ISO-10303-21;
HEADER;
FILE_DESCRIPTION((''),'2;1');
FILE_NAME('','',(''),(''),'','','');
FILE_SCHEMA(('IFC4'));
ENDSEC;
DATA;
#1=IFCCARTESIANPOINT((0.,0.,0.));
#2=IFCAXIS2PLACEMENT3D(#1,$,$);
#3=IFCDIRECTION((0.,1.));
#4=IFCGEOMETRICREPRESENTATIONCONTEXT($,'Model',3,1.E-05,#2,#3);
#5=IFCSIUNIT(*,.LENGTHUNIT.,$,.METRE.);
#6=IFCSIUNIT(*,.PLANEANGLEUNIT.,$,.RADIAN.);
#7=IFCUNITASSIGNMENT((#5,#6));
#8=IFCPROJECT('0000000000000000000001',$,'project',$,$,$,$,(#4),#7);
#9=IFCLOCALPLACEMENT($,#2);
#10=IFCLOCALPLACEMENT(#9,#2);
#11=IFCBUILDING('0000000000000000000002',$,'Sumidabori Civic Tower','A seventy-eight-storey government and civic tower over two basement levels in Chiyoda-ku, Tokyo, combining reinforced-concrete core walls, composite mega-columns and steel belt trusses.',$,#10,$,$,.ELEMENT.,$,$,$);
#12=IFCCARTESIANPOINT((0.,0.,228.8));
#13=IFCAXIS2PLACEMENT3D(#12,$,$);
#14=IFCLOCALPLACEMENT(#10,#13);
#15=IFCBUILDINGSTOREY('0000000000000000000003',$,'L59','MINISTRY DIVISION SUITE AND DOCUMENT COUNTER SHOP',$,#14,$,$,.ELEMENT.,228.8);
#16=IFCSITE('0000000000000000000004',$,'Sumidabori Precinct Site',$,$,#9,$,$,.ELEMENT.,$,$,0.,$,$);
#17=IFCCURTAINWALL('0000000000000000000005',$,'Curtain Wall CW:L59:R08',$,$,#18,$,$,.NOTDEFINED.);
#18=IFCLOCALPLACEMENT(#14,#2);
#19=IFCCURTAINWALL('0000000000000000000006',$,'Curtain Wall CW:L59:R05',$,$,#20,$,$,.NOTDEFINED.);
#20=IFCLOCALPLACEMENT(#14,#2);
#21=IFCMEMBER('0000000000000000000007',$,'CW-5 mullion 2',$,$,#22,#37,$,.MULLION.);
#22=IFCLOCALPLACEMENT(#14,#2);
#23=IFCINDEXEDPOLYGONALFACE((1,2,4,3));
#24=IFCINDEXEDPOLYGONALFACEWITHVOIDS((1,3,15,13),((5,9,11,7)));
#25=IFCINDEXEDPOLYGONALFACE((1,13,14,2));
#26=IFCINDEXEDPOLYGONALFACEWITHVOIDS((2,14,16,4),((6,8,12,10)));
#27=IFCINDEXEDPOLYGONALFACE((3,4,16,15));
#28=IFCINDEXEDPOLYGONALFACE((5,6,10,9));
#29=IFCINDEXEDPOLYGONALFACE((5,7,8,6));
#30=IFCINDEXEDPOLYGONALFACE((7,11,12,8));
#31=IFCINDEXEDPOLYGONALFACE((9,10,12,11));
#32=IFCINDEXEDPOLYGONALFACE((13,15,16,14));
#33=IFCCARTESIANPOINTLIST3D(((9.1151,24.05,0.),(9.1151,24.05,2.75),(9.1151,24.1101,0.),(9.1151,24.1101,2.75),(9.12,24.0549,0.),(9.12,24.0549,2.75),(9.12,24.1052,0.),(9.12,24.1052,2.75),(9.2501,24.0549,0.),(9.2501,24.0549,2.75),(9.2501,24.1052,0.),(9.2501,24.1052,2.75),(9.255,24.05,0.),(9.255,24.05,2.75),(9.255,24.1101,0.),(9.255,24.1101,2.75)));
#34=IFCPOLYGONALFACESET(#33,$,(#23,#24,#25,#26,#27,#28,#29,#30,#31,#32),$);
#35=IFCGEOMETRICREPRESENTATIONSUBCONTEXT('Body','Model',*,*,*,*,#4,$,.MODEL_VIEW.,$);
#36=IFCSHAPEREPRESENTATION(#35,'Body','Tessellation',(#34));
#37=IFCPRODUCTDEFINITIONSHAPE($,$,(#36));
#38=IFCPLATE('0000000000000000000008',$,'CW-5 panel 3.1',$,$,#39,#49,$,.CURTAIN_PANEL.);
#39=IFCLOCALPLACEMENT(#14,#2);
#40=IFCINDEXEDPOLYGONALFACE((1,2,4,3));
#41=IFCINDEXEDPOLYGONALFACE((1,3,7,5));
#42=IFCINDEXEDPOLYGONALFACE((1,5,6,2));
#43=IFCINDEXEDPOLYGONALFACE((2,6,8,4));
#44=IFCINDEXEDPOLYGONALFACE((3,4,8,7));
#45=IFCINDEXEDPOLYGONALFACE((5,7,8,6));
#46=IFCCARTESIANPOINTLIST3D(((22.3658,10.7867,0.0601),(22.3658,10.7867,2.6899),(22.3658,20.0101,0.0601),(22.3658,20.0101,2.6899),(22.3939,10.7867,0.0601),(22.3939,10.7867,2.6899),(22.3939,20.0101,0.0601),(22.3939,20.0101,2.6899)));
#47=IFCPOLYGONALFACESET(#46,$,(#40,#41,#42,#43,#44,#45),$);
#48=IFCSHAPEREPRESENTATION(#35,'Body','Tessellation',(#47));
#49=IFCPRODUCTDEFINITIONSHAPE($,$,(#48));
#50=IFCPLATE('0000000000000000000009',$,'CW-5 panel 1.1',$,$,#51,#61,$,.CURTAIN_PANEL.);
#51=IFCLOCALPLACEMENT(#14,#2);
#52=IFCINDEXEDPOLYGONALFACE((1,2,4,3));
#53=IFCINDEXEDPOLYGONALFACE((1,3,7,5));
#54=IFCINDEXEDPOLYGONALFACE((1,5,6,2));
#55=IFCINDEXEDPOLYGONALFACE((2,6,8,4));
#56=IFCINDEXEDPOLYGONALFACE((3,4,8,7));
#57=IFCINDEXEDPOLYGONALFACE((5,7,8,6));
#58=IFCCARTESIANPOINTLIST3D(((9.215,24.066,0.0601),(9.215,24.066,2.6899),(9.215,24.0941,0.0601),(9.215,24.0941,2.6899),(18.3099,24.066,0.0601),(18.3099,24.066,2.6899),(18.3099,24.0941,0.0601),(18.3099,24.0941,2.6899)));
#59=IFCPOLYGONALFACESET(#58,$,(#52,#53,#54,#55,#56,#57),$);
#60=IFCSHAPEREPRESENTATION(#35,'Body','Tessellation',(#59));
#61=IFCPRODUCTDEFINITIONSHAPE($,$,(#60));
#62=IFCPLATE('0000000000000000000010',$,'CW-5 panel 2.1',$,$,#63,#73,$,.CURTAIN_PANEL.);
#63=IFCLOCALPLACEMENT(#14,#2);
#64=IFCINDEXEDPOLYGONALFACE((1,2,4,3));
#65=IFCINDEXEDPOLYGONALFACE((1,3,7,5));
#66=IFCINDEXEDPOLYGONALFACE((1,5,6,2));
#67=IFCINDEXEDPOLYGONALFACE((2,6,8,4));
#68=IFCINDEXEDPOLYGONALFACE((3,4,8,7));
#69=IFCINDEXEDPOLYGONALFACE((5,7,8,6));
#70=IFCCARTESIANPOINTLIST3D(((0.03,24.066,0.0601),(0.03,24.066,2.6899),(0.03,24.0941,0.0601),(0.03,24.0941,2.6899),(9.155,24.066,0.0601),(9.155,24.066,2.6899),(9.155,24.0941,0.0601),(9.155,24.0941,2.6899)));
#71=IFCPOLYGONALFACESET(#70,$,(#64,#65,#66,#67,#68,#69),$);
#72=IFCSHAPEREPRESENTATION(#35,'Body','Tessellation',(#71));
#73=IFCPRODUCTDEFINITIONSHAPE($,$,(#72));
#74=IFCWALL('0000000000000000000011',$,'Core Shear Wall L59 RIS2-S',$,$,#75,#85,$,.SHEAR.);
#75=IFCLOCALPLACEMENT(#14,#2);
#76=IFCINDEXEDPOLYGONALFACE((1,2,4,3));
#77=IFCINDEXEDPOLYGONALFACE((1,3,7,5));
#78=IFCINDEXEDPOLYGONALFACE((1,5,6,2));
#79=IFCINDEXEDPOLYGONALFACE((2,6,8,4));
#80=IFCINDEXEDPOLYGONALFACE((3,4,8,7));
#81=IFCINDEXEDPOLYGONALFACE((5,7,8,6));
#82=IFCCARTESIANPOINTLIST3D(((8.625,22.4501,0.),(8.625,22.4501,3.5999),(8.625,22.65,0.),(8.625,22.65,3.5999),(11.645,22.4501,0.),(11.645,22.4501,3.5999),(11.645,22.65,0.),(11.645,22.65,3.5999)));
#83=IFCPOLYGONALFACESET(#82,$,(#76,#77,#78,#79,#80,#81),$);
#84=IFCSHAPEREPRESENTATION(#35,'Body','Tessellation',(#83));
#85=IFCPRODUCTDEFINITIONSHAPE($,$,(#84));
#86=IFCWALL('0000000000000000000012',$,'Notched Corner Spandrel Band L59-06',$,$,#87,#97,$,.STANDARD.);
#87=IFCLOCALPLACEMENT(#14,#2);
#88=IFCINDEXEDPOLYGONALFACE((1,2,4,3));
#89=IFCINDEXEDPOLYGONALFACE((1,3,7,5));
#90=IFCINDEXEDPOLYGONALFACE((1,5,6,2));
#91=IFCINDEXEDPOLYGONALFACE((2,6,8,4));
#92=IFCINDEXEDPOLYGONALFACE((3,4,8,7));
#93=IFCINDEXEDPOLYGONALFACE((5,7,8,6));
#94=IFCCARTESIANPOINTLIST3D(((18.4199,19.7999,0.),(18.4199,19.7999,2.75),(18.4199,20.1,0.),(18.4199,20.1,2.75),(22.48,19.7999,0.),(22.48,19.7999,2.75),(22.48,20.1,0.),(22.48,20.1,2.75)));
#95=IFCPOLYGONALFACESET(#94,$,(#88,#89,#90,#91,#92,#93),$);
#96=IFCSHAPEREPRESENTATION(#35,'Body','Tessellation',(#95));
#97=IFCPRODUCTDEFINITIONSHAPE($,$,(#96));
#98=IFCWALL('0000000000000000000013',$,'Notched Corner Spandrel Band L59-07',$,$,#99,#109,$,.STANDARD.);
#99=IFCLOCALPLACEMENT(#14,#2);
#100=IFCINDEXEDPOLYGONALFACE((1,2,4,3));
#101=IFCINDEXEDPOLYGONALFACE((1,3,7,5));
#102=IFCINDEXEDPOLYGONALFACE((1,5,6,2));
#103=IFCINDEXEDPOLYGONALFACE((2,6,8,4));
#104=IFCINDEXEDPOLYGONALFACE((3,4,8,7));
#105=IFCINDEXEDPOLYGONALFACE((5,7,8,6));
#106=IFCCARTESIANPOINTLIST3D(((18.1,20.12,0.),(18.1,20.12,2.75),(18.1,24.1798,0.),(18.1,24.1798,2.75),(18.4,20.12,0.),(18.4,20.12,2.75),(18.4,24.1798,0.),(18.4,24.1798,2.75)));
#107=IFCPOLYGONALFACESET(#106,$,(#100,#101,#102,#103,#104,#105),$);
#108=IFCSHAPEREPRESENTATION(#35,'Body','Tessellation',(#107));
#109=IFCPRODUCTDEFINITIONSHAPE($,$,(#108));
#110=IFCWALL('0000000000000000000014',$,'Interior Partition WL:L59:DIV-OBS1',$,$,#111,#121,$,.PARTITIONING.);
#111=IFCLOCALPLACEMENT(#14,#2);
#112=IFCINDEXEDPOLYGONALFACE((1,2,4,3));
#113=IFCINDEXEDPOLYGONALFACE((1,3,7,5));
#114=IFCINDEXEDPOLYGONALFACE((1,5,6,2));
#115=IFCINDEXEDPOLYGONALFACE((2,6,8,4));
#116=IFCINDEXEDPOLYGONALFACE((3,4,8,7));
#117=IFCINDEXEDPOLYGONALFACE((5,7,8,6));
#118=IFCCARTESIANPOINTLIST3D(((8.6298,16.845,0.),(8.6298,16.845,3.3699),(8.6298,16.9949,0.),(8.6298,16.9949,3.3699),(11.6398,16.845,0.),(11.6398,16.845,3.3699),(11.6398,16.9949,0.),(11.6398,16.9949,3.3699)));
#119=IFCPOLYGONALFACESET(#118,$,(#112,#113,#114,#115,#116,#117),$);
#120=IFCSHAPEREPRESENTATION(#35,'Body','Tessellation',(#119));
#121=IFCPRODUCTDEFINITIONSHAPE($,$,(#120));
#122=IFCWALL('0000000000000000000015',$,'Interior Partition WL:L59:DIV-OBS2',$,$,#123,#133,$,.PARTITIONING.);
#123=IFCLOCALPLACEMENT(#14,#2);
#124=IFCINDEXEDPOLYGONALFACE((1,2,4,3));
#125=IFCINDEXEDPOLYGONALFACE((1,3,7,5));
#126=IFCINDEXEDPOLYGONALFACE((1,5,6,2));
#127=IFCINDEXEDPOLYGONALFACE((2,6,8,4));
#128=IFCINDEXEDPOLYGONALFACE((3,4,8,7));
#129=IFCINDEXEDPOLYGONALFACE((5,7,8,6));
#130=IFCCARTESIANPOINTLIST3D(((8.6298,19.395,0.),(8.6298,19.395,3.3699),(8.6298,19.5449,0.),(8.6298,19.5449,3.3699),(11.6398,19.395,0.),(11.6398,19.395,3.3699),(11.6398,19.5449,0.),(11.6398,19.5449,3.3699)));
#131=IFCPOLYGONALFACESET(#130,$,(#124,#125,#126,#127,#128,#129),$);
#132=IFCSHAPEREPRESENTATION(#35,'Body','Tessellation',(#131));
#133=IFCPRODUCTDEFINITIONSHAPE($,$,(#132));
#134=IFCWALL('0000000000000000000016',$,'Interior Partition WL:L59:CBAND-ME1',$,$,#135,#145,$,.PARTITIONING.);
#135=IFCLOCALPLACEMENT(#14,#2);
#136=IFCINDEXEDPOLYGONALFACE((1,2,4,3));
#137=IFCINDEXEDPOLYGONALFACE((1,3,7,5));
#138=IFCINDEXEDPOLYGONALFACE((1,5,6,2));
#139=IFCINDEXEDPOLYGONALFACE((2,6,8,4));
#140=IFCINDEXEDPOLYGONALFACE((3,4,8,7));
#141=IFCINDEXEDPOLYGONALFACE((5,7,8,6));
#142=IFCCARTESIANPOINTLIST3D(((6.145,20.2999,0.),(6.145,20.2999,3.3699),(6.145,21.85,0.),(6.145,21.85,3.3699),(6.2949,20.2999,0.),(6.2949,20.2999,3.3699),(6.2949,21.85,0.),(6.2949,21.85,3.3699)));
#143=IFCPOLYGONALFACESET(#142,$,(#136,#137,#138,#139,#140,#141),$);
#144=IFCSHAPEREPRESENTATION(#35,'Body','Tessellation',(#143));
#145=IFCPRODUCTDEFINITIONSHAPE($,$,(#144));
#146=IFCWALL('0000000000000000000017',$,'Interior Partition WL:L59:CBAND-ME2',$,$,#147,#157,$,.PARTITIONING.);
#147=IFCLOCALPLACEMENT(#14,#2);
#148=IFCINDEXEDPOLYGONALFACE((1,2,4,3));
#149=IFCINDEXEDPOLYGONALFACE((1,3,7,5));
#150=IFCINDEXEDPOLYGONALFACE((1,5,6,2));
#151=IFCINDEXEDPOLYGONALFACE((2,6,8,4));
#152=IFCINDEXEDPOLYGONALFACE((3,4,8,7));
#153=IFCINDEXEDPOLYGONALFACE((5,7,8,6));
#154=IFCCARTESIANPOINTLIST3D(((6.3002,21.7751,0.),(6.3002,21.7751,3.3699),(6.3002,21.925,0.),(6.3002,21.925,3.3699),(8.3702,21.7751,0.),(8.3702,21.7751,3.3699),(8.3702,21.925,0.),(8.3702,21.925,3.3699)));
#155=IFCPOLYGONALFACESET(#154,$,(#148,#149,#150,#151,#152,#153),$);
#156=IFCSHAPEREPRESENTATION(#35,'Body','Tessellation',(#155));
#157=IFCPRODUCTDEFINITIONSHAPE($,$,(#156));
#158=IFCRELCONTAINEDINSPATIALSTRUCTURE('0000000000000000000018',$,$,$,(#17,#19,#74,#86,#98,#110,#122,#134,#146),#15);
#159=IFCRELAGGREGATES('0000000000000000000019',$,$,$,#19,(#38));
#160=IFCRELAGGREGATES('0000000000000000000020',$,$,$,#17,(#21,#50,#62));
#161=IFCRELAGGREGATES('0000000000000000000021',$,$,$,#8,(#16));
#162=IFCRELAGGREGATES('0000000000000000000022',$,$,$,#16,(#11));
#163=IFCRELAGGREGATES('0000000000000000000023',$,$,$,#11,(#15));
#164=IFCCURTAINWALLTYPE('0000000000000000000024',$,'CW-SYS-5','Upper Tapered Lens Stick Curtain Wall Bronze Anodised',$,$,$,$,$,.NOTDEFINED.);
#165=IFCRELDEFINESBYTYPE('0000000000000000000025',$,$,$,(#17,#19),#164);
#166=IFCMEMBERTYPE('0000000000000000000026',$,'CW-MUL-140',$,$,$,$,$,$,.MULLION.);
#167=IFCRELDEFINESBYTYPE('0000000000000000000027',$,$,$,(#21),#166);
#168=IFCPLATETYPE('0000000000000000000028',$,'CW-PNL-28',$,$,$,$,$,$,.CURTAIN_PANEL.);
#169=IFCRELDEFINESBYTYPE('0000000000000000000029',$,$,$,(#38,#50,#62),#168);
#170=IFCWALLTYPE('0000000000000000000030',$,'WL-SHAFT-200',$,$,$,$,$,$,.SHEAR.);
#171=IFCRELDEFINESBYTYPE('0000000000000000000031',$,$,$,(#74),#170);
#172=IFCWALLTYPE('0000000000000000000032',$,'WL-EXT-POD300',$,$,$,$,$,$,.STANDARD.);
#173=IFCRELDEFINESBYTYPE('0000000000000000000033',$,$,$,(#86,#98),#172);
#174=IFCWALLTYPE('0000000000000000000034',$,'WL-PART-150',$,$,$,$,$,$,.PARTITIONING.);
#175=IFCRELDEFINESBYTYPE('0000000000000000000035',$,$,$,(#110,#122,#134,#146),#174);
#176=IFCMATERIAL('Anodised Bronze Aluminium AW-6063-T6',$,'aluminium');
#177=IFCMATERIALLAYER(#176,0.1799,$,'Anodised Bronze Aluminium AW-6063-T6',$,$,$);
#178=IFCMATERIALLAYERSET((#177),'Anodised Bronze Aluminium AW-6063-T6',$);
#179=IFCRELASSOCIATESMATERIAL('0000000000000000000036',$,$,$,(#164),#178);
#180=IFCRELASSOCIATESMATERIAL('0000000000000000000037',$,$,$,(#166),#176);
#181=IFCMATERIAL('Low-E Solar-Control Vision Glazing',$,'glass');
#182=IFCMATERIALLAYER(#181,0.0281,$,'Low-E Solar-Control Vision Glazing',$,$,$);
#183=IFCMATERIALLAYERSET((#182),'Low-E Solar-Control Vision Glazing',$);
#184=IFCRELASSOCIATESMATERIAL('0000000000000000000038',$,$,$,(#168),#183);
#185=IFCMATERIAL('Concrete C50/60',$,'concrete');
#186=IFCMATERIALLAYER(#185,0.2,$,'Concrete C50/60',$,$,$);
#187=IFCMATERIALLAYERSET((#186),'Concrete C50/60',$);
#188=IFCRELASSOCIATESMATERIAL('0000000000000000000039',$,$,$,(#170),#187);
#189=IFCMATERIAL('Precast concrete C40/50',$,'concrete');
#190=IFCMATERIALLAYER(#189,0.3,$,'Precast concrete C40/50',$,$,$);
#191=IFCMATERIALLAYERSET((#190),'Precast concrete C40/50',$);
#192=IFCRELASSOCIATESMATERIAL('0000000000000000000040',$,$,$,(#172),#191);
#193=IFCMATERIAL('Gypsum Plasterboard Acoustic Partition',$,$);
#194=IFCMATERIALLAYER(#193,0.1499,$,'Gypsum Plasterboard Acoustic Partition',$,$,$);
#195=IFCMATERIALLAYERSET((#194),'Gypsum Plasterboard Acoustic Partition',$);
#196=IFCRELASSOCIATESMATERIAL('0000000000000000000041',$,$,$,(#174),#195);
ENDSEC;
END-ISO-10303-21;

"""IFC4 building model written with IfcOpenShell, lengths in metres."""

from ifc_helpers import new_model, si_unit, direction, frame, frame_2d, origin, origin_2d, place, context, subcontext, project, spatial, rectangle, hollow_rectangle, extrude, source, transform, mapped, material, layer, layer_set, material_profile, profile_set, type_object, element, aggregate, save


model = new_model("IFC4")

# Units and contexts
model_context = context("Model", 3, precision=1e-05, world=origin(), true_north=direction((0.0, 1.0)))
body_context = subcontext(model_context, "Body", "Model", "MODEL_VIEW")
ifc_project = project(units=[si_unit("LENGTHUNIT", "METRE"), si_unit("PLANEANGLEUNIT", "RADIAN")], contexts=[model_context])

# Site, building, storey
site_placement = place(None, origin())
site = spatial("IfcSite", under=ifc_project, at=site_placement, Name="Sumidabori Precinct Site", CompositionType="ELEMENT", RefElevation=0.0)
building_placement = place(site_placement, origin())
building = spatial("IfcBuilding", under=site, at=building_placement, Name="Sumidabori Civic Tower", Description="A seventy-eight-storey government and civic tower over two basement levels in Chiyoda-ku, Tokyo, combining reinforced-concrete core walls, composite mega-columns and steel belt trusses.", CompositionType="ELEMENT")
storey_placement = place(building_placement, frame((0.0, 0.0, 228.8)))
storey = spatial("IfcBuildingStorey", under=building, at=storey_placement, Name="L59", Description="MINISTRY DIVISION SUITE AND DOCUMENT COUNTER SHOP", CompositionType="ELEMENT", Elevation=228.8)

# Curtain wall
ifc_material_1 = material(Name="Anodised Bronze Aluminium AW-6063-T6", Category="aluminium")
ifc_layer_1 = layer(ifc_material_1, 0.1799, Name="Anodised Bronze Aluminium AW-6063-T6")
ifc_layer_set_1 = layer_set([ifc_layer_1], Name="Anodised Bronze Aluminium AW-6063-T6")
curtain_wall_type = type_object("IfcCurtainWallType", Name="CW-SYS-5", Description="Upper Tapered Lens Stick Curtain Wall Bronze Anodised", PredefinedType="NOTDEFINED", material=ifc_layer_set_1)
curtain_wall_1_placement = place(storey_placement, origin())
curtain_wall_1 = element("IfcCurtainWall", 1, at=curtain_wall_1_placement, inside=storey, type_object=curtain_wall_type, Name="Curtain Wall CW:L59:R08", PredefinedType="NOTDEFINED")

# Curtain wall
curtain_wall_2_placement = place(storey_placement, origin())
curtain_wall_2 = element("IfcCurtainWall", 2, at=curtain_wall_2_placement, inside=storey, type_object=curtain_wall_type, Name="Curtain Wall CW:L59:R05", PredefinedType="NOTDEFINED")
ifc_material_profile_1 = material_profile(ifc_material_1, hollow_rectangle(XDim=0.0601, YDim=0.1399, WallThickness=0.0049, at=origin_2d()), Name="ALU MULLION 140x60")
ifc_profile_set_1 = profile_set([ifc_material_profile_1], Name="Anodised Bronze Aluminium AW-6063-T6")
member_type_1 = type_object("IfcMemberType", Name="CW-MUL-140", PredefinedType="MULLION", material=ifc_profile_set_1)
shared_shape_1 = source(origin(), body_context, "Body", "SweptSolid", [
    extrude(hollow_rectangle(XDim=0.0601, YDim=0.1399, WallThickness=0.0049, at=origin_2d()), origin(), (0.0, 0.0, 1.0), 2.75),
])

# Member
member_1_placement = place(storey_placement, frame((9.1851, 24.0801, 0.0), z_axis=(0.0, 0.0, 1.0), x_axis=(0.0, -1.0, 0.0)))
member_1 = element("IfcMember", 3, at=member_1_placement, type_object=member_type_1, Name="CW-5 mullion 2", PredefinedType="MULLION", context=body_context, shape_type="MappedRepresentation", body=[
    mapped(shared_shape_1, transform((0.0, 0.0, 0.0), x_axis=(1.0, 0.0, 0.0), y_axis=(0.0, 1.0, 0.0), z_axis=(0.0, 0.0, 1.0), scale=1.0)),
])

# Plates
ifc_material_2 = material(Name="Low-E Solar-Control Vision Glazing", Category="glass")
ifc_layer_2 = layer(ifc_material_2, 0.0281, Name="Low-E Solar-Control Vision Glazing")
ifc_layer_set_2 = layer_set([ifc_layer_2], Name="Low-E Solar-Control Vision Glazing")
plate_type = type_object("IfcPlateType", Name="CW-PNL-28", PredefinedType="CURTAIN_PANEL", material=ifc_layer_set_2)
shared_shape_2 = source(origin(), body_context, "Body", "SweptSolid", [
    extrude(rectangle(XDim=9.2234, YDim=0.0281, at=origin_2d()), origin(), (0.0, 0.0, 1.0), 2.6299),
])
plate_1_placement = place(storey_placement, frame((22.3799, 15.3984, 0.0601), z_axis=(0.0, 0.0, 1.0), x_axis=(0.0, 1.0, 0.0)))
plate_1 = element("IfcPlate", 4, at=plate_1_placement, type_object=plate_type, Name="CW-5 panel 3.1", PredefinedType="CURTAIN_PANEL", context=body_context, shape_type="MappedRepresentation", body=[
    mapped(shared_shape_2, transform((0.0, 0.0, 0.0), x_axis=(1.0, 0.0, 0.0), y_axis=(0.0, 1.0, 0.0), z_axis=(0.0, 0.0, 1.0), scale=1.0)),
])
aggregate(curtain_wall_2, [plate_1])
shared_shape_3 = source(origin(), body_context, "Body", "SweptSolid", [
    extrude(rectangle(XDim=9.095, YDim=0.0281, at=origin_2d()), origin(), (0.0, 0.0, 1.0), 2.6299),
])
plate_2_placement = place(storey_placement, frame((13.7625, 24.0801, 0.0601), z_axis=(0.0, 0.0, 1.0), x_axis=(-1.0, 0.0, 0.0)))
plate_2 = element("IfcPlate", 5, at=plate_2_placement, type_object=plate_type, Name="CW-5 panel 1.1", PredefinedType="CURTAIN_PANEL", context=body_context, shape_type="MappedRepresentation", body=[
    mapped(shared_shape_3, transform((0.0, 0.0, 0.0), x_axis=(1.0, 0.0, 0.0), y_axis=(0.0, 1.0, 0.0), z_axis=(0.0, 0.0, 1.0), scale=1.0)),
])
shared_shape_4 = source(origin(), body_context, "Body", "SweptSolid", [
    extrude(rectangle(XDim=9.125, YDim=0.0281, at=origin_2d()), origin(), (0.0, 0.0, 1.0), 2.6299),
])
plate_3_placement = place(storey_placement, frame((4.5925, 24.0801, 0.0601), z_axis=(0.0, 0.0, 1.0), x_axis=(-1.0, 0.0, 0.0)))
plate_3 = element("IfcPlate", 6, at=plate_3_placement, type_object=plate_type, Name="CW-5 panel 2.1", PredefinedType="CURTAIN_PANEL", context=body_context, shape_type="MappedRepresentation", body=[
    mapped(shared_shape_4, transform((0.0, 0.0, 0.0), x_axis=(1.0, 0.0, 0.0), y_axis=(0.0, 1.0, 0.0), z_axis=(0.0, 0.0, 1.0), scale=1.0)),
])
aggregate(curtain_wall_1, [member_1, plate_2, plate_3])

# Walls
ifc_material_3 = material(Name="Concrete C50/60", Category="concrete")
ifc_layer_3 = layer(ifc_material_3, 0.2, Name="Concrete C50/60")
ifc_layer_set_3 = layer_set([ifc_layer_3], Name="Concrete C50/60")
wall_type_1 = type_object("IfcWallType", Name="WL-SHAFT-200", PredefinedType="SHEAR", material=ifc_layer_set_3)
shared_shape_5 = source(origin(), body_context, "Body", "SweptSolid", [
    extrude(rectangle(XDim=3.02, YDim=0.2, at=frame_2d((1.51, 0.0))), origin(), (0.0, 0.0, 1.0), 3.5999),
])
wall_1_placement = place(storey_placement, frame((8.625, 22.55, 0.0), z_axis=(0.0, 0.0, 1.0), x_axis=(1.0, 0.0, 0.0)))
element("IfcWall", 7, at=wall_1_placement, inside=storey, type_object=wall_type_1, Name="Core Shear Wall L59 RIS2-S", PredefinedType="SHEAR", context=body_context, shape_type="MappedRepresentation", body=[
    mapped(shared_shape_5, transform((0.0, 0.0, 0.0), x_axis=(1.0, 0.0, 0.0), y_axis=(0.0, 1.0, 0.0), z_axis=(0.0, 0.0, 1.0), scale=1.0)),
])
ifc_material_4 = material(Name="Precast concrete C40/50", Category="concrete")
ifc_layer_4 = layer(ifc_material_4, 0.3, Name="Precast concrete C40/50")
ifc_layer_set_4 = layer_set([ifc_layer_4], Name="Precast concrete C40/50")
wall_type_2 = type_object("IfcWallType", Name="WL-EXT-POD300", PredefinedType="STANDARD", material=ifc_layer_set_4)
shared_shape_6 = source(origin(), body_context, "Body", "SweptSolid", [
    extrude(rectangle(XDim=4.0601, YDim=0.3, at=frame_2d((2.03, 0.0))), origin(), (0.0, 0.0, 1.0), 2.75),
])
wall_2_placement = place(storey_placement, frame((22.48, 19.95, 0.0), z_axis=(0.0, 0.0, 1.0), x_axis=(-1.0, 0.0, 0.0)))
element("IfcWall", 8, at=wall_2_placement, inside=storey, type_object=wall_type_2, Name="Notched Corner Spandrel Band L59-06", PredefinedType="STANDARD", context=body_context, shape_type="MappedRepresentation", body=[
    mapped(shared_shape_6, transform((0.0, 0.0, 0.0), x_axis=(1.0, 0.0, 0.0), y_axis=(0.0, 1.0, 0.0), z_axis=(0.0, 0.0, 1.0), scale=1.0)),
])
shared_shape_7 = source(origin(), body_context, "Body", "SweptSolid", [
    extrude(rectangle(XDim=4.0598, YDim=0.3, at=frame_2d((2.0298, 0.0))), origin(), (0.0, 0.0, 1.0), 2.75),
])
wall_3_placement = place(storey_placement, frame((18.25, 20.1201, 0.0), z_axis=(0.0, 0.0, 1.0), x_axis=(0.0, 1.0, 0.0)))
element("IfcWall", 9, at=wall_3_placement, inside=storey, type_object=wall_type_2, Name="Notched Corner Spandrel Band L59-07", PredefinedType="STANDARD", context=body_context, shape_type="MappedRepresentation", body=[
    mapped(shared_shape_7, transform((0.0, 0.0, 0.0), x_axis=(1.0, 0.0, 0.0), y_axis=(0.0, 1.0, 0.0), z_axis=(0.0, 0.0, 1.0), scale=1.0)),
])
ifc_material_5 = material(Name="Gypsum Plasterboard Acoustic Partition")
ifc_layer_5 = layer(ifc_material_5, 0.1499, Name="Gypsum Plasterboard Acoustic Partition")
ifc_layer_set_5 = layer_set([ifc_layer_5], Name="Gypsum Plasterboard Acoustic Partition")
wall_type_3 = type_object("IfcWallType", Name="WL-PART-150", PredefinedType="PARTITIONING", material=ifc_layer_set_5)
shared_shape_8 = source(origin(), body_context, "Body", "SweptSolid", [
    extrude(rectangle(XDim=3.01, YDim=0.1499, at=frame_2d((1.5049, 0.0))), origin(), (0.0, 0.0, 1.0), 3.3699),
])
for number, where, z_axis, x_axis, name in (
    (10, (8.6299, 16.9199, 0.0), (0.0, 0.0, 1.0), (1.0, 0.0, 0.0), "Interior Partition WL:L59:DIV-OBS1"),
    (11, (8.6299, 19.47, 0.0), (0.0, 0.0, 1.0), (1.0, 0.0, 0.0), "Interior Partition WL:L59:DIV-OBS2"),
):
    element("IfcWall", number, at=place(storey_placement, frame(where, z_axis=z_axis, x_axis=x_axis)), inside=storey, type_object=wall_type_3, Name=name, PredefinedType="PARTITIONING", context=body_context, shape_type="MappedRepresentation", body=[
        mapped(shared_shape_8, transform((0.0, 0.0, 0.0), x_axis=(1.0, 0.0, 0.0), y_axis=(0.0, 1.0, 0.0), z_axis=(0.0, 0.0, 1.0), scale=1.0)),
    ])
shared_shape_9 = source(origin(), body_context, "Body", "SweptSolid", [
    extrude(rectangle(XDim=1.55, YDim=0.1499, at=frame_2d((0.7749, 0.0))), origin(), (0.0, 0.0, 1.0), 3.3699),
])
wall_4_placement = place(storey_placement, frame((6.22, 20.3, 0.0), z_axis=(0.0, 0.0, 1.0), x_axis=(0.0, 1.0, 0.0)))
element("IfcWall", 12, at=wall_4_placement, inside=storey, type_object=wall_type_3, Name="Interior Partition WL:L59:CBAND-ME1", PredefinedType="PARTITIONING", context=body_context, shape_type="MappedRepresentation", body=[
    mapped(shared_shape_9, transform((0.0, 0.0, 0.0), x_axis=(1.0, 0.0, 0.0), y_axis=(0.0, 1.0, 0.0), z_axis=(0.0, 0.0, 1.0), scale=1.0)),
])
shared_shape_10 = source(origin(), body_context, "Body", "SweptSolid", [
    extrude(rectangle(XDim=2.0701, YDim=0.1499, at=frame_2d((1.0352, 0.0))), origin(), (0.0, 0.0, 1.0), 3.3699),
])
wall_5_placement = place(storey_placement, frame((6.3, 21.8501, 0.0), z_axis=(0.0, 0.0, 1.0), x_axis=(1.0, 0.0, 0.0)))
element("IfcWall", 13, at=wall_5_placement, inside=storey, type_object=wall_type_3, Name="Interior Partition WL:L59:CBAND-ME2", PredefinedType="PARTITIONING", context=body_context, shape_type="MappedRepresentation", body=[
    mapped(shared_shape_10, transform((0.0, 0.0, 0.0), x_axis=(1.0, 0.0, 0.0), y_axis=(0.0, 1.0, 0.0), z_axis=(0.0, 0.0, 1.0), scale=1.0)),
])

save(model, "model.ifc")
